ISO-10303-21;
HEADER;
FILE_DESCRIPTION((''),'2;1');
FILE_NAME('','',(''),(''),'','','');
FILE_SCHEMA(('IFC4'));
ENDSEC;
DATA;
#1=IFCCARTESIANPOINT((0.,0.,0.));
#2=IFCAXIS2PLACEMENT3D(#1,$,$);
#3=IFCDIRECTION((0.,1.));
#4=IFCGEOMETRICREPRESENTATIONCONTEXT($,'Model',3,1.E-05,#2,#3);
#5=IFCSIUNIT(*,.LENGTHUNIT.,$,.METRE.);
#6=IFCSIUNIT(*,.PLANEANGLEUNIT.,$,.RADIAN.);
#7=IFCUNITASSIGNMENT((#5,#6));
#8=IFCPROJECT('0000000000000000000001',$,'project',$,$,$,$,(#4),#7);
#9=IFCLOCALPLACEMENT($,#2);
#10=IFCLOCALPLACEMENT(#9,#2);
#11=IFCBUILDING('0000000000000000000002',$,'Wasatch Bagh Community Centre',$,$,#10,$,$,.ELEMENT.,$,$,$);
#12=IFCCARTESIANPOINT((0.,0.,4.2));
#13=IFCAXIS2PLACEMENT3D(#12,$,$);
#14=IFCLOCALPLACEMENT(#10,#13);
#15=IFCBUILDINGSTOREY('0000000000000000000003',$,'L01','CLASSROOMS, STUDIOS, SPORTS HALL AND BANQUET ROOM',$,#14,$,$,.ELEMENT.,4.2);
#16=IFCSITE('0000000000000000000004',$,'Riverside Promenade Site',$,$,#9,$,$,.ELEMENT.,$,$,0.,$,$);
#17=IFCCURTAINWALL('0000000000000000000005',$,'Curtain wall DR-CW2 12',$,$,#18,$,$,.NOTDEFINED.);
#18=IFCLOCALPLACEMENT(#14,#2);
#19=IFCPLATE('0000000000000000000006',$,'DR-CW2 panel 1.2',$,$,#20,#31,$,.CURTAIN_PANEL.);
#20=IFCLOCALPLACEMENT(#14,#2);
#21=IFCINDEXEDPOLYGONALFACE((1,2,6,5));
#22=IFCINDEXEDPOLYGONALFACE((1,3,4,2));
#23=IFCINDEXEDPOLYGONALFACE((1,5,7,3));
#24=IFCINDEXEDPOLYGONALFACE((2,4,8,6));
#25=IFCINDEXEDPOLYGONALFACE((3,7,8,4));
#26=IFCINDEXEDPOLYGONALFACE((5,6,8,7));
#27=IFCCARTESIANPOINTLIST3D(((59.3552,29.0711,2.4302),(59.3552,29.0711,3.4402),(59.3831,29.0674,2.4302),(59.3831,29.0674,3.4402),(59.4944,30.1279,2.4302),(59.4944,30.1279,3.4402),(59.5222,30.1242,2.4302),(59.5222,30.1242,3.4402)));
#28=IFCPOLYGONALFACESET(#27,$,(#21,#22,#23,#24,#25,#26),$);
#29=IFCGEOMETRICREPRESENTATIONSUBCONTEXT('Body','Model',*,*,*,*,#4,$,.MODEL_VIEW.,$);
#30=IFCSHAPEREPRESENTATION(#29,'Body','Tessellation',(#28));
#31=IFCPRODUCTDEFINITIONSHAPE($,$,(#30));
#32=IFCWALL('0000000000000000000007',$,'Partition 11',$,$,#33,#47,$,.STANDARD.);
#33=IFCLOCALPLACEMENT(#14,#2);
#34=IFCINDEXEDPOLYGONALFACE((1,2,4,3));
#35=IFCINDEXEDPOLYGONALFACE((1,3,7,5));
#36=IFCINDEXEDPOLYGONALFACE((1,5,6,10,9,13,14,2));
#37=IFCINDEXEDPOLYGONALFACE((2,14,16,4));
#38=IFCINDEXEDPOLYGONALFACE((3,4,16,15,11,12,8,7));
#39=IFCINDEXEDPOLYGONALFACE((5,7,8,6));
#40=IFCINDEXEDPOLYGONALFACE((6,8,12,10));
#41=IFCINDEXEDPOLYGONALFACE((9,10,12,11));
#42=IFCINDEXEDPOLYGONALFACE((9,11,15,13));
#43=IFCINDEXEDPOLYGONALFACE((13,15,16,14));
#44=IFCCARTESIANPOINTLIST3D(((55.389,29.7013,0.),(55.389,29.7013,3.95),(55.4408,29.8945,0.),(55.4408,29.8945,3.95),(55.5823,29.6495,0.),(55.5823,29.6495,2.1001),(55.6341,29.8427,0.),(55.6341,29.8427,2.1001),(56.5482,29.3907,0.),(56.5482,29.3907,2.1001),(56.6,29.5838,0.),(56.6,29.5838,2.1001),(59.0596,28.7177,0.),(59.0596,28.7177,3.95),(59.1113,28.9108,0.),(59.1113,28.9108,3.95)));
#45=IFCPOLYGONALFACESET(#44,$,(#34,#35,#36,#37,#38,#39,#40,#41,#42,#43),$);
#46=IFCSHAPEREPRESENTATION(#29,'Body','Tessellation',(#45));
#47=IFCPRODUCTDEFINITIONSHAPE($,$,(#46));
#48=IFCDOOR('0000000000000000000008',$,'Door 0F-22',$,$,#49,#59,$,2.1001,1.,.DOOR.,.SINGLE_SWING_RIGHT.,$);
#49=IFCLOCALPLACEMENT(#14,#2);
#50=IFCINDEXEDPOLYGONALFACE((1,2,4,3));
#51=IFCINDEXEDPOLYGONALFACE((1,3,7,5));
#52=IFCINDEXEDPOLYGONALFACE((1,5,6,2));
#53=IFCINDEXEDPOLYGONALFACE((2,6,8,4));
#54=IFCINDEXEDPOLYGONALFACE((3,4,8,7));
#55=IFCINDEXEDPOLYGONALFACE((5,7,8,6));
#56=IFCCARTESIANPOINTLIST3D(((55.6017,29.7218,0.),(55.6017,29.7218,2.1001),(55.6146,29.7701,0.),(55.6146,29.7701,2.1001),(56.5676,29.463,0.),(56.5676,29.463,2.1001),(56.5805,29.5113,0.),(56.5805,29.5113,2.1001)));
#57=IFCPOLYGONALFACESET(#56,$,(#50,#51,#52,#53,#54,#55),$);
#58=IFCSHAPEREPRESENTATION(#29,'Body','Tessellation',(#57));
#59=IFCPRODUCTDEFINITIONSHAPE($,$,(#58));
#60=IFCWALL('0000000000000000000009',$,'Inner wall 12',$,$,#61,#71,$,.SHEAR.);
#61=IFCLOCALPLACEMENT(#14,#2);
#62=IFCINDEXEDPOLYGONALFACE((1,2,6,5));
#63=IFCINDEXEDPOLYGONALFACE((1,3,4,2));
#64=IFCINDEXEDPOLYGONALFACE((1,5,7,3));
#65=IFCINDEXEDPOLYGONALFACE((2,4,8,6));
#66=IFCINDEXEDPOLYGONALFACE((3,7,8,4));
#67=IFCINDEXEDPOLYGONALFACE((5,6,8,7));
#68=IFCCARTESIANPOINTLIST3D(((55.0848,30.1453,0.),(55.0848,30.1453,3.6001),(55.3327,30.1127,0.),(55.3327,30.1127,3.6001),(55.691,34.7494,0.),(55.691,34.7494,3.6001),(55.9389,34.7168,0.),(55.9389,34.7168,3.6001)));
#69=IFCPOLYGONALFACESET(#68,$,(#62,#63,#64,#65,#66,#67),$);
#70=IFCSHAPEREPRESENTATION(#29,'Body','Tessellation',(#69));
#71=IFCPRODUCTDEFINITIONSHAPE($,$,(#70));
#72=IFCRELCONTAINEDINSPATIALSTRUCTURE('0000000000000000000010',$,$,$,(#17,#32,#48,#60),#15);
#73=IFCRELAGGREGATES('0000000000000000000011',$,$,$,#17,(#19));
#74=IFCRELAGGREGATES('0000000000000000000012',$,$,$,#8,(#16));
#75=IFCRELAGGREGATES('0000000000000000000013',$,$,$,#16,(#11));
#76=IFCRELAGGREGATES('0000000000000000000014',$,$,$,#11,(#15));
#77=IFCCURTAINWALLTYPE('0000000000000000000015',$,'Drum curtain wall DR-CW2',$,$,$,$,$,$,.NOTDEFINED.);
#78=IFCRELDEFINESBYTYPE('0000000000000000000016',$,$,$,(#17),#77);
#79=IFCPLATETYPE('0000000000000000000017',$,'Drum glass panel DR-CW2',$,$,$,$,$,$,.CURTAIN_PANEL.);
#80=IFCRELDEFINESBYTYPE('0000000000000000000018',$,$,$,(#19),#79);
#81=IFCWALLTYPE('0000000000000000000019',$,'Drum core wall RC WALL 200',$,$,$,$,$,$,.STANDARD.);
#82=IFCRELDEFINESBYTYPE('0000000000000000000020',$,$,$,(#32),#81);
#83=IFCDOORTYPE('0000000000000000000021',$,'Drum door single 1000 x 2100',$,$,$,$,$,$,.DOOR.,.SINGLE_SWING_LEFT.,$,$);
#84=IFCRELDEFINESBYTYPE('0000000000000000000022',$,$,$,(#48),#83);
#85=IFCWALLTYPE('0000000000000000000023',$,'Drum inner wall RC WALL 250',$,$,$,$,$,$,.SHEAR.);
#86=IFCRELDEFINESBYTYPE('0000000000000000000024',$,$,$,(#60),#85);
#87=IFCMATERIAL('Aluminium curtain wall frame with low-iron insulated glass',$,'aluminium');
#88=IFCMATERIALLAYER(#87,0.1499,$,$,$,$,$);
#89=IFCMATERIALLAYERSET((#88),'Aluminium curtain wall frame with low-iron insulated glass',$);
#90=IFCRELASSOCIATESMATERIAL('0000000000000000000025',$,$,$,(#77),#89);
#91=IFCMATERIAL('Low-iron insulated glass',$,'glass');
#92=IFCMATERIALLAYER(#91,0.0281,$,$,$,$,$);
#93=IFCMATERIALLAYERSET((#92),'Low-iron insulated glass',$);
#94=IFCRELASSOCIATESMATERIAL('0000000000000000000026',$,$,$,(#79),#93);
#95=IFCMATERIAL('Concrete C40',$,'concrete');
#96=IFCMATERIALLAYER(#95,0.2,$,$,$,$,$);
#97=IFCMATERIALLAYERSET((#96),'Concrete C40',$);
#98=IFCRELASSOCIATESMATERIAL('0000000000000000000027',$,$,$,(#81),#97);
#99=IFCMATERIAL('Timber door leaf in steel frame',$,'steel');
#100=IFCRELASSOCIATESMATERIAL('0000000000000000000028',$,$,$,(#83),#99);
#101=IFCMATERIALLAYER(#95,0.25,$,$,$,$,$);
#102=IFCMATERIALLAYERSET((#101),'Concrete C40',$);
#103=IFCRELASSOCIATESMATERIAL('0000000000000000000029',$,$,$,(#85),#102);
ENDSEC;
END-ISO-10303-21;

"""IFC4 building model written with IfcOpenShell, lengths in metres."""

from ifc_helpers import new_model, si_unit, direction, frame, frame_2d, origin, origin_2d, place, context, subcontext, project, spatial, rectangle, extrude, material, layer, layer_set, type_object, element, fill, aggregate, save


model = new_model("IFC4")

# Units and contexts
model_context = context("Model", 3, precision=1e-05, world=origin(), true_north=direction((0.0, 1.0)))
body_context = subcontext(model_context, "Body", "Model", "MODEL_VIEW")
ifc_project = project(units=[si_unit("LENGTHUNIT", "METRE"), si_unit("PLANEANGLEUNIT", "RADIAN")], contexts=[model_context])

# Site, building, storey
site_placement = place(None, origin())
site = spatial("IfcSite", under=ifc_project, at=site_placement, Name="Riverside Promenade Site", CompositionType="ELEMENT", RefElevation=0.0)
building_placement = place(site_placement, origin())
building = spatial("IfcBuilding", under=site, at=building_placement, Name="Wasatch Bagh Community Centre", CompositionType="ELEMENT")
storey_placement = place(building_placement, frame((0.0, 0.0, 4.2)))
storey = spatial("IfcBuildingStorey", under=building, at=storey_placement, Name="L01", Description="CLASSROOMS, STUDIOS, SPORTS HALL AND BANQUET ROOM", CompositionType="ELEMENT", Elevation=4.2)

# Shared definitions
ifc_material_1 = material(Name="Concrete C40", Category="concrete")

# Curtain wall
ifc_material_2 = material(Name="Aluminium curtain wall frame with low-iron insulated glass", Category="aluminium")
ifc_layer_1 = layer(ifc_material_2, 0.1499)
ifc_layer_set_1 = layer_set([ifc_layer_1], Name="Aluminium curtain wall frame with low-iron insulated glass")
curtain_wall_type = type_object("IfcCurtainWallType", Name="Drum curtain wall DR-CW2", PredefinedType="NOTDEFINED", material=ifc_layer_set_1)
curtain_wall_1_placement = place(storey_placement, origin())
curtain_wall_1 = element("IfcCurtainWall", 1, at=curtain_wall_1_placement, inside=storey, type_object=curtain_wall_type, Name="Curtain wall DR-CW2 12", PredefinedType="NOTDEFINED")

# Plate
ifc_material_3 = material(Name="Low-iron insulated glass", Category="glass")
ifc_layer_2 = layer(ifc_material_3, 0.0281)
ifc_layer_set_2 = layer_set([ifc_layer_2], Name="Low-iron insulated glass")
plate_type = type_object("IfcPlateType", Name="Drum glass panel DR-CW2", PredefinedType="CURTAIN_PANEL", material=ifc_layer_set_2)
plate_1_placement = place(storey_placement, frame((59.4387, 29.5977, 2.4302), z_axis=(0.0, 0.0, 1.0), x_axis=(0.130526, 0.991445, 0.0)))
plate_1 = element("IfcPlate", 2, at=plate_1_placement, type_object=plate_type, Name="DR-CW2 panel 1.2", PredefinedType="CURTAIN_PANEL", context=body_context, shape_type="SweptSolid", body=[
    extrude(rectangle(XDim=1.0659, YDim=0.0281, at=origin_2d()), origin(), (0.0, 0.0, 1.0), 1.01),
])
aggregate(curtain_wall_1, [plate_1])

# Wall, opening, door
ifc_layer_3 = layer(ifc_material_1, 0.2)
ifc_layer_set_3 = layer_set([ifc_layer_3], Name="Concrete C40")
wall_type_1 = type_object("IfcWallType", Name="Drum core wall RC WALL 200", PredefinedType="STANDARD", material=ifc_layer_set_3)
wall_1_placement = place(storey_placement, frame((55.415, 29.7979, 0.0), z_axis=(0.0, 0.0, 1.0), x_axis=(0.96592, -0.258842, 0.0)))
wall_1 = element("IfcWall", 3, at=wall_1_placement, inside=storey, type_object=wall_type_1, Name="Partition 11", PredefinedType="STANDARD", context=body_context, shape_type="SweptSolid", body=[
    extrude(rectangle(XDim=3.8, YDim=0.2, at=frame_2d((1.8999, 0.0))), origin(), (0.0, 0.0, 1.0), 3.95),
])
opening_placement = place(wall_1_placement, frame((0.2, 0.0, 0.0)))
opening = element("IfcOpeningElement", 4, at=opening_placement, cuts=wall_1, PredefinedType="OPENING", context=body_context, shape_type="SweptSolid", body=[
    extrude(rectangle(XDim=1.0, YDim=2.1001, at=frame_2d((0.5, 1.05))), frame((0.0, 0.1099, 0.0), z_axis=(0.0, -1.0, 0.0), x_axis=(1.0, 0.0, 0.0)), (0.0, 0.0, 1.0), 0.22),
])
ifc_material_4 = material(Name="Timber door leaf in steel frame", Category="steel")
door_type = type_object("IfcDoorType", Name="Drum door single 1000 x 2100", OperationType="SINGLE_SWING_LEFT", PredefinedType="DOOR", material=ifc_material_4)
door_placement = place(opening_placement, origin())
door = element("IfcDoor", 5, at=door_placement, inside=storey, type_object=door_type, Name="Door 0F-22", OperationType="SINGLE_SWING_RIGHT", OverallHeight=2.1001, OverallWidth=1.0, PredefinedType="DOOR", context=body_context, shape_type="SweptSolid", body=[
    extrude(rectangle(XDim=1.0, YDim=2.1001, at=frame_2d((0.5, 1.05))), frame((0.0, 0.0249, 0.0), z_axis=(0.0, -1.0, 0.0), x_axis=(1.0, 0.0, 0.0)), (0.0, 0.0, 1.0), 0.05),
])
fill(opening, door)

# Wall
ifc_layer_4 = layer(ifc_material_1, 0.25)
ifc_layer_set_4 = layer_set([ifc_layer_4], Name="Concrete C40")
wall_type_2 = type_object("IfcWallType", Name="Drum inner wall RC WALL 250", PredefinedType="SHEAR", material=ifc_layer_set_4)
wall_2_placement = place(storey_placement, frame((55.2087, 30.1292, 0.0), z_axis=(0.0, 0.0, 1.0), x_axis=(0.130542, 0.991443, 0.0)))
element("IfcWall", 6, at=wall_2_placement, inside=storey, type_object=wall_type_2, Name="Inner wall 12", PredefinedType="SHEAR", context=body_context, shape_type="SweptSolid", body=[
    extrude(rectangle(XDim=4.6438, YDim=0.25, at=frame_2d((2.3218, 0.0))), origin(), (0.0, 0.0, 1.0), 3.6001),
])

save(model, "model.ifc")
